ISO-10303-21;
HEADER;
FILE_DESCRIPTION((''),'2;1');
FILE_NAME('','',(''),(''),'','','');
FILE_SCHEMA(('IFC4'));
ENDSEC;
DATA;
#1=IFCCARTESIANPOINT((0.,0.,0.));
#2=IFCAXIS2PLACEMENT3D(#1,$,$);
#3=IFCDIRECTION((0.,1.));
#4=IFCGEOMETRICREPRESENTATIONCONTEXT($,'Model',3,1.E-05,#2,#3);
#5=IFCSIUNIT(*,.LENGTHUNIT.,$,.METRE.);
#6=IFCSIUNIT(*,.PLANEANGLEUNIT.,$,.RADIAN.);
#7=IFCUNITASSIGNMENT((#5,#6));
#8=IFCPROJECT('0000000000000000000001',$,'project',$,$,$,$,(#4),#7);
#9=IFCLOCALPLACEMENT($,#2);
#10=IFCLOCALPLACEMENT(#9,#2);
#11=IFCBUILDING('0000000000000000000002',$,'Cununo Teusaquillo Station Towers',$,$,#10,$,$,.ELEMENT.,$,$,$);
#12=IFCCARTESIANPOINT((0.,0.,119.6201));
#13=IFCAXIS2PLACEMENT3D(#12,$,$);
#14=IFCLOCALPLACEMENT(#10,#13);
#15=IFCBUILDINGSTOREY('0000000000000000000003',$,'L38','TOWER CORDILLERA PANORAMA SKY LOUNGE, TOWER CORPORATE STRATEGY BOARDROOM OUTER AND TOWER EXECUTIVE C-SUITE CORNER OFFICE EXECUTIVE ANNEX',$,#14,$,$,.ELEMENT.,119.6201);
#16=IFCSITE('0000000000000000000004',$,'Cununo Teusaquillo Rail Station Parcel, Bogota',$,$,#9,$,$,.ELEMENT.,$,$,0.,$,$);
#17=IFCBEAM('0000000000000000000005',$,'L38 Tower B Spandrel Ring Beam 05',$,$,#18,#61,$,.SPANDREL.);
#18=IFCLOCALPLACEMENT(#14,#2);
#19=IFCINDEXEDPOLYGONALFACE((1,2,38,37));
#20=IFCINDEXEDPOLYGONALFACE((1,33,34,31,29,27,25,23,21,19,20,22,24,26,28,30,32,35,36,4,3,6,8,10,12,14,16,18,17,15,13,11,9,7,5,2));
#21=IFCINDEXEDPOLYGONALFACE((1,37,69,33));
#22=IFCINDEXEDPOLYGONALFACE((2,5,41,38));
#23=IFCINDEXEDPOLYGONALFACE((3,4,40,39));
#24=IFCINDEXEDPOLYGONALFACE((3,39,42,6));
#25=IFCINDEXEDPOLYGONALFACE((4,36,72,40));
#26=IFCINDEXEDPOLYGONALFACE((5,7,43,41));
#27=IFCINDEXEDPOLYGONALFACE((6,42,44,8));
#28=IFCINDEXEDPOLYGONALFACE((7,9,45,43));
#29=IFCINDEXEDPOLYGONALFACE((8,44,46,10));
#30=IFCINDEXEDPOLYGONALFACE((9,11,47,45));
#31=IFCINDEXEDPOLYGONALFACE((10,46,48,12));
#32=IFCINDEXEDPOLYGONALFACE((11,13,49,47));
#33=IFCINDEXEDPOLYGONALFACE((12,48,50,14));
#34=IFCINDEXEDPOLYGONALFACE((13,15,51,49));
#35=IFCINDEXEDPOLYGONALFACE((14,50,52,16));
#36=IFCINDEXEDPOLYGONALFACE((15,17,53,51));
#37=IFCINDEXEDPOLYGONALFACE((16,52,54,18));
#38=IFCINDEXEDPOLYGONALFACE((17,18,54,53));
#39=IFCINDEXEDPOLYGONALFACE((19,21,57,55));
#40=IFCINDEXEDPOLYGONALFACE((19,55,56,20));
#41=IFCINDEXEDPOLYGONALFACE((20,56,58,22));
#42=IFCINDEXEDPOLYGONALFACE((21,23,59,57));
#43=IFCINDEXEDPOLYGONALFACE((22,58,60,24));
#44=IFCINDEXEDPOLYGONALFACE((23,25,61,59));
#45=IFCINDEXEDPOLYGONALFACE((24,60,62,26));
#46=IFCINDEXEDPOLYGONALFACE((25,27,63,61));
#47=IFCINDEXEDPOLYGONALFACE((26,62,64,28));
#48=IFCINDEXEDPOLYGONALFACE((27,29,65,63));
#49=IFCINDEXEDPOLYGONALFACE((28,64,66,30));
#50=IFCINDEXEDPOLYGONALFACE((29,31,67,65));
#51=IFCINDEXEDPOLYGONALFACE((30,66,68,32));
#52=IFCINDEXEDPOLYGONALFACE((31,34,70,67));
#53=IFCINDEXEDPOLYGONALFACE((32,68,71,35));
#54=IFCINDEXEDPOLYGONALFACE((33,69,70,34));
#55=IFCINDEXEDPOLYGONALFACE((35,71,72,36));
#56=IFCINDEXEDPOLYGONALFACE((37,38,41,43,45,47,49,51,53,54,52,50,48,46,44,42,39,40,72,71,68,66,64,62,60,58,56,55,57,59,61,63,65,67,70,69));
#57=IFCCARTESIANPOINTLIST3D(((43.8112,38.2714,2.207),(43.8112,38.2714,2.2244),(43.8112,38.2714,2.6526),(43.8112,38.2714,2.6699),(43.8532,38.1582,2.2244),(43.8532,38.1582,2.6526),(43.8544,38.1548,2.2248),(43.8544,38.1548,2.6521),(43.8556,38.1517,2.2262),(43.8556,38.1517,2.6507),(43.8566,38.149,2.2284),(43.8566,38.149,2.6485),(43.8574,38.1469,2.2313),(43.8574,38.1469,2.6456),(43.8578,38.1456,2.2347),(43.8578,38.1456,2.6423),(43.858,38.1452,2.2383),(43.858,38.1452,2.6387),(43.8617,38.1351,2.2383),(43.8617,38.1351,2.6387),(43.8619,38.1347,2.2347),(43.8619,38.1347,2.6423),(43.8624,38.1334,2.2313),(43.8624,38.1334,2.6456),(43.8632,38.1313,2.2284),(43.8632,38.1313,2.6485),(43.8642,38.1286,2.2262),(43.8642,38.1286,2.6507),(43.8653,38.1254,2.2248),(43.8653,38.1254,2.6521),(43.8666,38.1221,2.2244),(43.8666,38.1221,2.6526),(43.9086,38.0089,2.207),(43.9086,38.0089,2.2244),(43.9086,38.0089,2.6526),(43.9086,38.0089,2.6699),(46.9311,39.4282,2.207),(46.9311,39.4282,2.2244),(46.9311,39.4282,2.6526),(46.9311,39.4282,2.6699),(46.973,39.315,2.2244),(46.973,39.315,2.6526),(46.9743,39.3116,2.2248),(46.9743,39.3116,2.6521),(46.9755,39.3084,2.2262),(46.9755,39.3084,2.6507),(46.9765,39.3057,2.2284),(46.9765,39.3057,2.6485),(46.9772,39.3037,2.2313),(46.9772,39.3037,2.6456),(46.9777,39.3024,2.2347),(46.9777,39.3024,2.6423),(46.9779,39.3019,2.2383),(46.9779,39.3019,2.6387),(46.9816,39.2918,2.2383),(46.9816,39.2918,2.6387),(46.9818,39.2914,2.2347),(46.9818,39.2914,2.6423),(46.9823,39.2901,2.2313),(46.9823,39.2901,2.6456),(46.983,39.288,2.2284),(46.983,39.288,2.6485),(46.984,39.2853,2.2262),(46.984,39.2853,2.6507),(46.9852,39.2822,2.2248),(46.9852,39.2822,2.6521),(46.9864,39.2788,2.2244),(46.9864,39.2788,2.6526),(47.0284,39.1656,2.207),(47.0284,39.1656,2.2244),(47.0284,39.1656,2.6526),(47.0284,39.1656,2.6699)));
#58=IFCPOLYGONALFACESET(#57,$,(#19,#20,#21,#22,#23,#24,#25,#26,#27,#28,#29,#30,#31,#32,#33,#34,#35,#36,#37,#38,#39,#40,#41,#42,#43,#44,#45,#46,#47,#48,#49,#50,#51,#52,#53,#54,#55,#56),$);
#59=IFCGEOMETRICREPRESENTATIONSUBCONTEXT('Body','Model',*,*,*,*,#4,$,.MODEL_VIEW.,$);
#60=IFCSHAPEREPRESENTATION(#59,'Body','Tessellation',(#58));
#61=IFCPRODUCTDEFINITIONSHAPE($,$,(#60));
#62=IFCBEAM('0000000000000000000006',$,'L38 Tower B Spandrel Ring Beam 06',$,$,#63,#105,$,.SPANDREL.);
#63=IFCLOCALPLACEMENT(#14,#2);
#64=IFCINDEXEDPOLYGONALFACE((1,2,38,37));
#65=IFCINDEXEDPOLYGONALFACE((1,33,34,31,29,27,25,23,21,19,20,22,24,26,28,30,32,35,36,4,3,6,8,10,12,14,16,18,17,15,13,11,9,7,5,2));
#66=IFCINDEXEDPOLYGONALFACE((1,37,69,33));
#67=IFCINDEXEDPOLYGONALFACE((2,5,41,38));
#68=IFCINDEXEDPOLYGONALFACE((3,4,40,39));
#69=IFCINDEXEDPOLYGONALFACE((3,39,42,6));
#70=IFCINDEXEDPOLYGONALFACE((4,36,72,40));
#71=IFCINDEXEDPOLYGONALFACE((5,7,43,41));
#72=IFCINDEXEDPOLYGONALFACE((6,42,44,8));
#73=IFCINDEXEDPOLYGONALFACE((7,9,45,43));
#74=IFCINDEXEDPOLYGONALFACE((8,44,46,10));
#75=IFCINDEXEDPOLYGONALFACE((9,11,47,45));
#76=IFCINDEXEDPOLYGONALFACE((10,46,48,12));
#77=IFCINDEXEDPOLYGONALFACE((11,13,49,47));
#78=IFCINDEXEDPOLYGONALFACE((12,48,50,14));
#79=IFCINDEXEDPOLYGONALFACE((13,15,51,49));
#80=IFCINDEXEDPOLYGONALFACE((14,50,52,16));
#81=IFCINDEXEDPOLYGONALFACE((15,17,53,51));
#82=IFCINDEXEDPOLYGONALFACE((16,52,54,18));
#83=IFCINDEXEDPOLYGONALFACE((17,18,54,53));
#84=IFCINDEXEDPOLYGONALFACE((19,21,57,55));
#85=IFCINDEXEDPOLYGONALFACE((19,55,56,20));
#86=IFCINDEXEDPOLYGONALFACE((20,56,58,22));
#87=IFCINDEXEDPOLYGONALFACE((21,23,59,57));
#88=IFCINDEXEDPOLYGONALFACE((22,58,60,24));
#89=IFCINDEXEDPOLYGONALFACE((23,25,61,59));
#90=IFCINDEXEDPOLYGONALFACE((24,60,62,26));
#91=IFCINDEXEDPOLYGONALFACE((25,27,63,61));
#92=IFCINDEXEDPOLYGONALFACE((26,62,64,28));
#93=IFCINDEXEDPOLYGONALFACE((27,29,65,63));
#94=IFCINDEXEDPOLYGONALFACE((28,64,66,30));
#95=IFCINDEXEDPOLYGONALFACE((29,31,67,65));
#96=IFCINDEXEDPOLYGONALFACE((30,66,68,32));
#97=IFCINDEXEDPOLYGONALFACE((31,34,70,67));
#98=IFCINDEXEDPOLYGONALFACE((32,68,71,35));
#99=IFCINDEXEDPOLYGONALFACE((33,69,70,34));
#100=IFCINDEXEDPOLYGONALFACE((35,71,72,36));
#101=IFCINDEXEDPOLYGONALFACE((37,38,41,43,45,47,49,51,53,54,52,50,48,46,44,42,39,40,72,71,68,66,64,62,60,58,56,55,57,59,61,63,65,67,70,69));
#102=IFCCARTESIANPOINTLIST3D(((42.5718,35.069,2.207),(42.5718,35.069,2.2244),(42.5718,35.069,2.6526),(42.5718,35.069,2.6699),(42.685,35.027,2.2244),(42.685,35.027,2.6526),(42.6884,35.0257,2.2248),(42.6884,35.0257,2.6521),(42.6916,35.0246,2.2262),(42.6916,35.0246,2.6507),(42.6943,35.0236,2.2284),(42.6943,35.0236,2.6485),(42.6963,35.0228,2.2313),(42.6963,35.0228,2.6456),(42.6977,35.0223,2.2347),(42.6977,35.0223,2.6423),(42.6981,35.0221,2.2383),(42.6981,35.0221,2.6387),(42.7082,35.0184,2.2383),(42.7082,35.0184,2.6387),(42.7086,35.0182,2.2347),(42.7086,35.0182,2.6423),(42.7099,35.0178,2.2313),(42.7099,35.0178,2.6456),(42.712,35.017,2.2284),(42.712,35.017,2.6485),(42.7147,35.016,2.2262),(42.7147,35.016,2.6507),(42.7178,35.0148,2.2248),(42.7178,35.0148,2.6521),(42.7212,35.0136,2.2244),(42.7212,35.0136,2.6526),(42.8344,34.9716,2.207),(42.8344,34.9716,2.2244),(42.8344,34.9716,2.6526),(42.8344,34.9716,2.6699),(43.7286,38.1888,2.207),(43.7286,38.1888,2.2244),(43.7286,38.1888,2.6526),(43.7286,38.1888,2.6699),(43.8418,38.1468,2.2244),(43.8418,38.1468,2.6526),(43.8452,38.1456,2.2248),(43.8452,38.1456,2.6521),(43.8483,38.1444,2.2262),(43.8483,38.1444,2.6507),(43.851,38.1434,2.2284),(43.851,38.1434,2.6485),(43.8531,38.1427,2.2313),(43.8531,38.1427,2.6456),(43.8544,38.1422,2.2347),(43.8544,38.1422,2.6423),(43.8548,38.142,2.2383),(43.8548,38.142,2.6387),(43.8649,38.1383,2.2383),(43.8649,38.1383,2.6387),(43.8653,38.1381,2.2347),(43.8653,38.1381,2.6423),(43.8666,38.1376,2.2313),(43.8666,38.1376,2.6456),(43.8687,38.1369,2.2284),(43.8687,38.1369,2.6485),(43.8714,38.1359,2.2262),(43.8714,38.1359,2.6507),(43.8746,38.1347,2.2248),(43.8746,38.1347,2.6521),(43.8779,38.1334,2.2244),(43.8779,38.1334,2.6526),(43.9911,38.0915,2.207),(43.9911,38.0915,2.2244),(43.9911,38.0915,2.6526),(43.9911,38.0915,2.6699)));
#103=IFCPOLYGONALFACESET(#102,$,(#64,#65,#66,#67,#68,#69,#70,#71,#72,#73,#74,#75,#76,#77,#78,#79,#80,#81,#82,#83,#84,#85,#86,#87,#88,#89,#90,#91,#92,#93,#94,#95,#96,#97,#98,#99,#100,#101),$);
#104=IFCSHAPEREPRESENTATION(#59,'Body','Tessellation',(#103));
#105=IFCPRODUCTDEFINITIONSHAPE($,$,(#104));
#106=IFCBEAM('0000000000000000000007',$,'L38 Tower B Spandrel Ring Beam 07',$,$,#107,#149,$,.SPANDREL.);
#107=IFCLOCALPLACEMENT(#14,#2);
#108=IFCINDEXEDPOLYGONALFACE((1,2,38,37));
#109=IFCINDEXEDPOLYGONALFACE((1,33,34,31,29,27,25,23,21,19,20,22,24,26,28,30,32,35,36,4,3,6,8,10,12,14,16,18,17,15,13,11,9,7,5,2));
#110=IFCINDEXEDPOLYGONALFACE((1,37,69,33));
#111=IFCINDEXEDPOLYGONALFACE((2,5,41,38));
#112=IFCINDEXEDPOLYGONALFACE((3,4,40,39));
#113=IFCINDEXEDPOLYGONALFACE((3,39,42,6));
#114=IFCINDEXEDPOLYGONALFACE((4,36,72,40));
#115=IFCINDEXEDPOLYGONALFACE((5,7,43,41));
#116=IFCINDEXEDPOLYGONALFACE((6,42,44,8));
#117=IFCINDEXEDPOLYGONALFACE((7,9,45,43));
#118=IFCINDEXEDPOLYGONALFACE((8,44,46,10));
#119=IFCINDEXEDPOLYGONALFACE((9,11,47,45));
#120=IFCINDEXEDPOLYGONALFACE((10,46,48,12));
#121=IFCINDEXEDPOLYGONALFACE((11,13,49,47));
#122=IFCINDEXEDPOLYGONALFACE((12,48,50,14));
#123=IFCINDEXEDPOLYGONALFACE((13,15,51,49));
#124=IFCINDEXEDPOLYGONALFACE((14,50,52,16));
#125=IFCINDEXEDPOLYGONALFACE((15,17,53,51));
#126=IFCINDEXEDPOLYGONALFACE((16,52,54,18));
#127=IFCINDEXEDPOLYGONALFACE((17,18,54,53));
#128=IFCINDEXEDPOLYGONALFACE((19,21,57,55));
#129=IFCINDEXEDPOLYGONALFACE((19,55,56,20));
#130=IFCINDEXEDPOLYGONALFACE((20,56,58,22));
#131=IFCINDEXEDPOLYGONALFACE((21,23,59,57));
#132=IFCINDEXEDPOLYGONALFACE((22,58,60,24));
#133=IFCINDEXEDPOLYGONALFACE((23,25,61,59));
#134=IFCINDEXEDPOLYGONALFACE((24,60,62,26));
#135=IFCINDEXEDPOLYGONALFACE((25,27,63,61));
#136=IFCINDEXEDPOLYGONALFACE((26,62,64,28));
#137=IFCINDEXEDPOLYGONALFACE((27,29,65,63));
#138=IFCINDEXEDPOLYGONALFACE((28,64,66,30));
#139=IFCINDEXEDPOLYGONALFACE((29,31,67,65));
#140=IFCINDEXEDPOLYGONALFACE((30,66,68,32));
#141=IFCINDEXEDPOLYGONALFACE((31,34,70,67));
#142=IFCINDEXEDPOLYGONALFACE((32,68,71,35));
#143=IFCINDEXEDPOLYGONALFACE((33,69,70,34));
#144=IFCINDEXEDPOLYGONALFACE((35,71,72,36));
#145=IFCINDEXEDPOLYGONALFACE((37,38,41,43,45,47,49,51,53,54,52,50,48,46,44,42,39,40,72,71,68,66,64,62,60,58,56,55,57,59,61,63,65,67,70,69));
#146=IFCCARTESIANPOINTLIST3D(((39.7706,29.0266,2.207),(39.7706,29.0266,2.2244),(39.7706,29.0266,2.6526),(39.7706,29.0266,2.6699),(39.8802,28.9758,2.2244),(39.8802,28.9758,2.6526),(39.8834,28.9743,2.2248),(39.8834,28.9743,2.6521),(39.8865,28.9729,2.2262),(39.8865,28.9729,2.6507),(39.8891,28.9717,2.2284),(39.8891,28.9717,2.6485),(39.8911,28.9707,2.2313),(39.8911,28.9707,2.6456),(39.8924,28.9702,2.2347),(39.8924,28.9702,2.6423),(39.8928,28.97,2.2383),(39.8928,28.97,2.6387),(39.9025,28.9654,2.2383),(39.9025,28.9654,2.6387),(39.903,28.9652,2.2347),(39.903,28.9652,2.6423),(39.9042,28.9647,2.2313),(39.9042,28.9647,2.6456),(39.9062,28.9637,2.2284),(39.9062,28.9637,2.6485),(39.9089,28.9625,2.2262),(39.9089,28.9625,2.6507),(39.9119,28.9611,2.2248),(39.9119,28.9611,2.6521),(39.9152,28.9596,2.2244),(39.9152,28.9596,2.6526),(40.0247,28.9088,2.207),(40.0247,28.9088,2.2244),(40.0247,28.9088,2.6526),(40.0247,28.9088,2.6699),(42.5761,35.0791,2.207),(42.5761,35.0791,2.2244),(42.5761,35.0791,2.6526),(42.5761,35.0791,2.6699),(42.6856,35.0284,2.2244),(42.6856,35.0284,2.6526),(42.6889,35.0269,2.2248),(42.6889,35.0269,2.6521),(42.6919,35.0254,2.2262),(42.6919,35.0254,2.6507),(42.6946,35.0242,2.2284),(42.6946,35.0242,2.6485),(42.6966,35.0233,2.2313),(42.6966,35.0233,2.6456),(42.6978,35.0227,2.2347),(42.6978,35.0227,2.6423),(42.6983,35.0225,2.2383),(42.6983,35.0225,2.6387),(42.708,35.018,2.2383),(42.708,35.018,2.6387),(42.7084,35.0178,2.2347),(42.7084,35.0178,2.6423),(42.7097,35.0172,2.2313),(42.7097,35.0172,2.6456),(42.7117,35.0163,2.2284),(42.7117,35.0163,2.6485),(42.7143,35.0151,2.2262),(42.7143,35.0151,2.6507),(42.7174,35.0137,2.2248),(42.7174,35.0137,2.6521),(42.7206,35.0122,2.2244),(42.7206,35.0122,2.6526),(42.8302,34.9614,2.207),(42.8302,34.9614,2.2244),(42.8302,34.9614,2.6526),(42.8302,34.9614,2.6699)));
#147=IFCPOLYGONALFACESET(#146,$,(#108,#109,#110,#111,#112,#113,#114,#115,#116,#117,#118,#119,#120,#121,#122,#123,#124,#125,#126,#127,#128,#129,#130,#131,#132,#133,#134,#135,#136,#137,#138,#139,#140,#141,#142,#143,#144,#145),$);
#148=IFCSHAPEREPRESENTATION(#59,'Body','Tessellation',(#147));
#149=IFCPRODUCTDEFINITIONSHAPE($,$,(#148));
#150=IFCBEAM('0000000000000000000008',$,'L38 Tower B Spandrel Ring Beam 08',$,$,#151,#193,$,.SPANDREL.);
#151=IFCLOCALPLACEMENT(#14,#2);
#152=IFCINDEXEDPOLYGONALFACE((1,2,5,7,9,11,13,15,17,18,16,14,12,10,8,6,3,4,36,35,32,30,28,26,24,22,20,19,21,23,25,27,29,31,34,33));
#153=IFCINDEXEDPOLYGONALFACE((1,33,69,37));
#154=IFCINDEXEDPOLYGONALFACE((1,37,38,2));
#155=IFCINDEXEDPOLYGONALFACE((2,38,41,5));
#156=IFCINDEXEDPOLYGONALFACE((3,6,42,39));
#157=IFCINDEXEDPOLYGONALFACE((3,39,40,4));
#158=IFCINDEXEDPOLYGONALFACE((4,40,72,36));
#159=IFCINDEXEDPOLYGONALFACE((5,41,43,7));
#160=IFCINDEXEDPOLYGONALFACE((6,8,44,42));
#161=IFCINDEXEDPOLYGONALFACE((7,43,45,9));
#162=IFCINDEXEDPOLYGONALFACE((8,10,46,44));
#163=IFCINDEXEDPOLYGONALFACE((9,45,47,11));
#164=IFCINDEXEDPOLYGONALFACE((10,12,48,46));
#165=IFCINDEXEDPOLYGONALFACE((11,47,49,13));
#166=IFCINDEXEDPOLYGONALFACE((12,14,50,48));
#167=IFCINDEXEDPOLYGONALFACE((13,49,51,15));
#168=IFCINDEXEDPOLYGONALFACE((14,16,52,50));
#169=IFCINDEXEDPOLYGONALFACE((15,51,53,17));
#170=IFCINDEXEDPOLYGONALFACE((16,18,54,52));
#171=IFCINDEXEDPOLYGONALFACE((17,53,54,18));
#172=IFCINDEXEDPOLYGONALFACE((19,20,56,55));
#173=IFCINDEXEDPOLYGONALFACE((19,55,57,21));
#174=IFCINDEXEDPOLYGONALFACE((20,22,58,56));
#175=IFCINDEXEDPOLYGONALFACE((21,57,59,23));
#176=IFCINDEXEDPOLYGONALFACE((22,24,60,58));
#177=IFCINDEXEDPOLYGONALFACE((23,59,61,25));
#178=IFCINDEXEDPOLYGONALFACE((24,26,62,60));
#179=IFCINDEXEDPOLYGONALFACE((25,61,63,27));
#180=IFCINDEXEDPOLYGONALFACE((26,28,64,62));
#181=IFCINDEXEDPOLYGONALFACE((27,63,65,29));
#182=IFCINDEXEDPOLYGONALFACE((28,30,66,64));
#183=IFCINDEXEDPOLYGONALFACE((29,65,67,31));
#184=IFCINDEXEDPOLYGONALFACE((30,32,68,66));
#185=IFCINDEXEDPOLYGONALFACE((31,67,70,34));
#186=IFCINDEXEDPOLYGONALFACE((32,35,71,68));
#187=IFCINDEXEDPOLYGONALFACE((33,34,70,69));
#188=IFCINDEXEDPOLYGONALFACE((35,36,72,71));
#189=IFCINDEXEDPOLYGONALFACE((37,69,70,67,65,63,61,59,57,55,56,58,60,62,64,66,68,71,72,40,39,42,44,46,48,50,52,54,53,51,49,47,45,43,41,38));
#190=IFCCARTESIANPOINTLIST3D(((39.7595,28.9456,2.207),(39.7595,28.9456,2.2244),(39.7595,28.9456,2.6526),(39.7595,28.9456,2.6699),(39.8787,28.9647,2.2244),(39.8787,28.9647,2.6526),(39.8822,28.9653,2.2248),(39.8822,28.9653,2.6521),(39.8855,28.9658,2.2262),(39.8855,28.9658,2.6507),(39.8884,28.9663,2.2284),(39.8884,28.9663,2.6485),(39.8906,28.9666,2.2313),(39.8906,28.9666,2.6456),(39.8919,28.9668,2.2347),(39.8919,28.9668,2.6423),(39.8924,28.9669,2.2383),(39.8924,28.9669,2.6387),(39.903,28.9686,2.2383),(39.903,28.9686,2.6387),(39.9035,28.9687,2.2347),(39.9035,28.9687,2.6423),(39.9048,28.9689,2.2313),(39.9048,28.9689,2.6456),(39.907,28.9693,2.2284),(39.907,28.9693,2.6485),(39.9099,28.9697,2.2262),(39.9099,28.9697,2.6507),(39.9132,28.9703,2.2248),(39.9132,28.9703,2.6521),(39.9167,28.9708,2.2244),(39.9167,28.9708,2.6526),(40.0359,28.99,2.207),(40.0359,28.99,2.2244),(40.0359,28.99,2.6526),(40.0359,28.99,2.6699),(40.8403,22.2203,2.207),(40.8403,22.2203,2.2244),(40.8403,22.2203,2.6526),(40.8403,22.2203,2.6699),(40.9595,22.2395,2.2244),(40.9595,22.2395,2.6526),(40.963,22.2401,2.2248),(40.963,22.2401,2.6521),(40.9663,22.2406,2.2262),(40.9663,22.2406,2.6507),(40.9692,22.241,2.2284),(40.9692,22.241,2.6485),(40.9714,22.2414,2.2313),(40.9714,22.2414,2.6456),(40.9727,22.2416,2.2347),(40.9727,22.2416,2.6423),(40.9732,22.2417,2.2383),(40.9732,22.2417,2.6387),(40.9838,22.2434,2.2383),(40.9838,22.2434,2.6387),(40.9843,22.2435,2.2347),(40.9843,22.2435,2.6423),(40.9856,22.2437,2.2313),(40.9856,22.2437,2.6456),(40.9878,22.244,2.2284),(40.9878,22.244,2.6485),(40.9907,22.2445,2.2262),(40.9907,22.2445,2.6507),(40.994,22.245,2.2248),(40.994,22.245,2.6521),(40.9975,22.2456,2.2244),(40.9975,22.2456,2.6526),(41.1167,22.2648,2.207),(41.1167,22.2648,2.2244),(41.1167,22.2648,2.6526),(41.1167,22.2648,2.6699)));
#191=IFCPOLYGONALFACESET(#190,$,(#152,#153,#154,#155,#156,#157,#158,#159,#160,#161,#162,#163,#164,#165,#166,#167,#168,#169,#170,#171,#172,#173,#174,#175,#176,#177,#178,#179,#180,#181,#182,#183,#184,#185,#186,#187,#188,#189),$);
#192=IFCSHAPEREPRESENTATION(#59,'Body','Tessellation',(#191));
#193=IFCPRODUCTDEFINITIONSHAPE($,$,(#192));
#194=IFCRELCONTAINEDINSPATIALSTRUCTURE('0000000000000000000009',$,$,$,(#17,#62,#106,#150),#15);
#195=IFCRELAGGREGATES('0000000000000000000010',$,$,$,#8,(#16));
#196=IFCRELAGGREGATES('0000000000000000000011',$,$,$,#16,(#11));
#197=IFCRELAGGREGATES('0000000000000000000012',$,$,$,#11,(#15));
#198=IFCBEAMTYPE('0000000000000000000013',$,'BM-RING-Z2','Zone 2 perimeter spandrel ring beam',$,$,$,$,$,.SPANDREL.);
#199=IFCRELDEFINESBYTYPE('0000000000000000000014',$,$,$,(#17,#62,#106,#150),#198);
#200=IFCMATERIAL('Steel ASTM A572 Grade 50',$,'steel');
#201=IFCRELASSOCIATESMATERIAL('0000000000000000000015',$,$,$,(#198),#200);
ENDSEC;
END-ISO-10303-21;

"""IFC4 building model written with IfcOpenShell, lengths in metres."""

from ifc_helpers import new_model, si_unit, direction, frame, origin, origin_2d, place, context, subcontext, project, spatial, i_section, extrude, material, material_profile, profile_set, type_object, element, save


model = new_model("IFC4")

# Units and contexts
model_context = context("Model", 3, precision=1e-05, world=origin(), true_north=direction((0.0, 1.0)))
body_context = subcontext(model_context, "Body", "Model", "MODEL_VIEW")
ifc_project = project(units=[si_unit("LENGTHUNIT", "METRE"), si_unit("PLANEANGLEUNIT", "RADIAN")], contexts=[model_context])

# Site, building, storey
site_placement = place(None, origin())
site = spatial("IfcSite", under=ifc_project, at=site_placement, Name="Cununo Teusaquillo Rail Station Parcel, Bogota", CompositionType="ELEMENT", RefElevation=0.0)
building_placement = place(site_placement, origin())
building = spatial("IfcBuilding", under=site, at=building_placement, Name="Cununo Teusaquillo Station Towers", CompositionType="ELEMENT")
storey_placement = place(building_placement, frame((0.0, 0.0, 119.6201)))
storey = spatial("IfcBuildingStorey", under=building, at=storey_placement, Name="L38", Description="TOWER CORDILLERA PANORAMA SKY LOUNGE, TOWER CORPORATE STRATEGY BOARDROOM OUTER AND TOWER EXECUTIVE C-SUITE CORNER OFFICE EXECUTIVE ANNEX", CompositionType="ELEMENT", Elevation=119.6201)

# Beams
ifc_material_1 = material(Name="Steel ASTM A572 Grade 50", Category="steel")
ifc_material_profile_1 = material_profile(ifc_material_1, i_section(OverallWidth=0.28, OverallDepth=0.4629, WebThickness=0.0107, FlangeThickness=0.0173, FilletRadius=0.0139, at=origin_2d()), Name="W18X76")
ifc_profile_set_1 = profile_set([ifc_material_profile_1], Name="Steel ASTM A572 Grade 50")
beam_type_1 = type_object("IfcBeamType", Name="BM-RING-Z2", Description="Zone 2 perimeter spandrel ring beam", PredefinedType="SPANDREL", material=ifc_profile_set_1)
for number, where, z_axis, x_axis, name in (
    (1, (46.9797, 39.2969, 2.4385), (-0.937628, -0.347639, 0.0), (0.347639, -0.937628, 0.0), "L38 Tower B Spandrel Ring Beam 05"),
    (2, (43.8599, 38.1401, 2.4385), (-0.347639, -0.937628, 0.0), (0.937628, -0.347639, 0.0), "L38 Tower B Spandrel Ring Beam 06"),
):
    element("IfcBeam", number, at=place(storey_placement, frame(where, z_axis=z_axis, x_axis=x_axis)), inside=storey, type_object=beam_type_1, Name=name, PredefinedType="SPANDREL", context=body_context, shape_type="SweptSolid", body=[
        extrude(i_section(OverallWidth=0.28, OverallDepth=0.4629, WebThickness=0.0107, FlangeThickness=0.0173, FilletRadius=0.0139, at=origin_2d()), origin(), (0.0, 0.0, 1.0), 3.3274),
    ])
beam_1_placement = place(storey_placement, frame((42.7031, 35.0203, 2.4385), z_axis=(-0.420536, -0.907276, 0.0), x_axis=(0.907276, -0.420536, 0.0)))
element("IfcBeam", 3, at=beam_1_placement, inside=storey, type_object=beam_type_1, Name="L38 Tower B Spandrel Ring Beam 07", PredefinedType="SPANDREL", context=body_context, shape_type="SweptSolid", body=[
    extrude(i_section(OverallWidth=0.28, OverallDepth=0.4629, WebThickness=0.0107, FlangeThickness=0.0173, FilletRadius=0.0139, at=origin_2d()), origin(), (0.0, 0.0, 1.0), 6.6711),
])
beam_2_placement = place(storey_placement, frame((39.8977, 28.9678, 2.4385), z_axis=(0.158671, -0.987331, 0.0), x_axis=(0.987331, 0.158671, 0.0)))
element("IfcBeam", 4, at=beam_2_placement, inside=storey, type_object=beam_type_1, Name="L38 Tower B Spandrel Ring Beam 08", PredefinedType="SPANDREL", context=body_context, shape_type="SweptSolid", body=[
    extrude(i_section(OverallWidth=0.28, OverallDepth=0.4629, WebThickness=0.0107, FlangeThickness=0.0173, FilletRadius=0.0139, at=origin_2d()), origin(), (0.0, 0.0, 1.0), 6.8115),
])

save(model, "model.ifc")
